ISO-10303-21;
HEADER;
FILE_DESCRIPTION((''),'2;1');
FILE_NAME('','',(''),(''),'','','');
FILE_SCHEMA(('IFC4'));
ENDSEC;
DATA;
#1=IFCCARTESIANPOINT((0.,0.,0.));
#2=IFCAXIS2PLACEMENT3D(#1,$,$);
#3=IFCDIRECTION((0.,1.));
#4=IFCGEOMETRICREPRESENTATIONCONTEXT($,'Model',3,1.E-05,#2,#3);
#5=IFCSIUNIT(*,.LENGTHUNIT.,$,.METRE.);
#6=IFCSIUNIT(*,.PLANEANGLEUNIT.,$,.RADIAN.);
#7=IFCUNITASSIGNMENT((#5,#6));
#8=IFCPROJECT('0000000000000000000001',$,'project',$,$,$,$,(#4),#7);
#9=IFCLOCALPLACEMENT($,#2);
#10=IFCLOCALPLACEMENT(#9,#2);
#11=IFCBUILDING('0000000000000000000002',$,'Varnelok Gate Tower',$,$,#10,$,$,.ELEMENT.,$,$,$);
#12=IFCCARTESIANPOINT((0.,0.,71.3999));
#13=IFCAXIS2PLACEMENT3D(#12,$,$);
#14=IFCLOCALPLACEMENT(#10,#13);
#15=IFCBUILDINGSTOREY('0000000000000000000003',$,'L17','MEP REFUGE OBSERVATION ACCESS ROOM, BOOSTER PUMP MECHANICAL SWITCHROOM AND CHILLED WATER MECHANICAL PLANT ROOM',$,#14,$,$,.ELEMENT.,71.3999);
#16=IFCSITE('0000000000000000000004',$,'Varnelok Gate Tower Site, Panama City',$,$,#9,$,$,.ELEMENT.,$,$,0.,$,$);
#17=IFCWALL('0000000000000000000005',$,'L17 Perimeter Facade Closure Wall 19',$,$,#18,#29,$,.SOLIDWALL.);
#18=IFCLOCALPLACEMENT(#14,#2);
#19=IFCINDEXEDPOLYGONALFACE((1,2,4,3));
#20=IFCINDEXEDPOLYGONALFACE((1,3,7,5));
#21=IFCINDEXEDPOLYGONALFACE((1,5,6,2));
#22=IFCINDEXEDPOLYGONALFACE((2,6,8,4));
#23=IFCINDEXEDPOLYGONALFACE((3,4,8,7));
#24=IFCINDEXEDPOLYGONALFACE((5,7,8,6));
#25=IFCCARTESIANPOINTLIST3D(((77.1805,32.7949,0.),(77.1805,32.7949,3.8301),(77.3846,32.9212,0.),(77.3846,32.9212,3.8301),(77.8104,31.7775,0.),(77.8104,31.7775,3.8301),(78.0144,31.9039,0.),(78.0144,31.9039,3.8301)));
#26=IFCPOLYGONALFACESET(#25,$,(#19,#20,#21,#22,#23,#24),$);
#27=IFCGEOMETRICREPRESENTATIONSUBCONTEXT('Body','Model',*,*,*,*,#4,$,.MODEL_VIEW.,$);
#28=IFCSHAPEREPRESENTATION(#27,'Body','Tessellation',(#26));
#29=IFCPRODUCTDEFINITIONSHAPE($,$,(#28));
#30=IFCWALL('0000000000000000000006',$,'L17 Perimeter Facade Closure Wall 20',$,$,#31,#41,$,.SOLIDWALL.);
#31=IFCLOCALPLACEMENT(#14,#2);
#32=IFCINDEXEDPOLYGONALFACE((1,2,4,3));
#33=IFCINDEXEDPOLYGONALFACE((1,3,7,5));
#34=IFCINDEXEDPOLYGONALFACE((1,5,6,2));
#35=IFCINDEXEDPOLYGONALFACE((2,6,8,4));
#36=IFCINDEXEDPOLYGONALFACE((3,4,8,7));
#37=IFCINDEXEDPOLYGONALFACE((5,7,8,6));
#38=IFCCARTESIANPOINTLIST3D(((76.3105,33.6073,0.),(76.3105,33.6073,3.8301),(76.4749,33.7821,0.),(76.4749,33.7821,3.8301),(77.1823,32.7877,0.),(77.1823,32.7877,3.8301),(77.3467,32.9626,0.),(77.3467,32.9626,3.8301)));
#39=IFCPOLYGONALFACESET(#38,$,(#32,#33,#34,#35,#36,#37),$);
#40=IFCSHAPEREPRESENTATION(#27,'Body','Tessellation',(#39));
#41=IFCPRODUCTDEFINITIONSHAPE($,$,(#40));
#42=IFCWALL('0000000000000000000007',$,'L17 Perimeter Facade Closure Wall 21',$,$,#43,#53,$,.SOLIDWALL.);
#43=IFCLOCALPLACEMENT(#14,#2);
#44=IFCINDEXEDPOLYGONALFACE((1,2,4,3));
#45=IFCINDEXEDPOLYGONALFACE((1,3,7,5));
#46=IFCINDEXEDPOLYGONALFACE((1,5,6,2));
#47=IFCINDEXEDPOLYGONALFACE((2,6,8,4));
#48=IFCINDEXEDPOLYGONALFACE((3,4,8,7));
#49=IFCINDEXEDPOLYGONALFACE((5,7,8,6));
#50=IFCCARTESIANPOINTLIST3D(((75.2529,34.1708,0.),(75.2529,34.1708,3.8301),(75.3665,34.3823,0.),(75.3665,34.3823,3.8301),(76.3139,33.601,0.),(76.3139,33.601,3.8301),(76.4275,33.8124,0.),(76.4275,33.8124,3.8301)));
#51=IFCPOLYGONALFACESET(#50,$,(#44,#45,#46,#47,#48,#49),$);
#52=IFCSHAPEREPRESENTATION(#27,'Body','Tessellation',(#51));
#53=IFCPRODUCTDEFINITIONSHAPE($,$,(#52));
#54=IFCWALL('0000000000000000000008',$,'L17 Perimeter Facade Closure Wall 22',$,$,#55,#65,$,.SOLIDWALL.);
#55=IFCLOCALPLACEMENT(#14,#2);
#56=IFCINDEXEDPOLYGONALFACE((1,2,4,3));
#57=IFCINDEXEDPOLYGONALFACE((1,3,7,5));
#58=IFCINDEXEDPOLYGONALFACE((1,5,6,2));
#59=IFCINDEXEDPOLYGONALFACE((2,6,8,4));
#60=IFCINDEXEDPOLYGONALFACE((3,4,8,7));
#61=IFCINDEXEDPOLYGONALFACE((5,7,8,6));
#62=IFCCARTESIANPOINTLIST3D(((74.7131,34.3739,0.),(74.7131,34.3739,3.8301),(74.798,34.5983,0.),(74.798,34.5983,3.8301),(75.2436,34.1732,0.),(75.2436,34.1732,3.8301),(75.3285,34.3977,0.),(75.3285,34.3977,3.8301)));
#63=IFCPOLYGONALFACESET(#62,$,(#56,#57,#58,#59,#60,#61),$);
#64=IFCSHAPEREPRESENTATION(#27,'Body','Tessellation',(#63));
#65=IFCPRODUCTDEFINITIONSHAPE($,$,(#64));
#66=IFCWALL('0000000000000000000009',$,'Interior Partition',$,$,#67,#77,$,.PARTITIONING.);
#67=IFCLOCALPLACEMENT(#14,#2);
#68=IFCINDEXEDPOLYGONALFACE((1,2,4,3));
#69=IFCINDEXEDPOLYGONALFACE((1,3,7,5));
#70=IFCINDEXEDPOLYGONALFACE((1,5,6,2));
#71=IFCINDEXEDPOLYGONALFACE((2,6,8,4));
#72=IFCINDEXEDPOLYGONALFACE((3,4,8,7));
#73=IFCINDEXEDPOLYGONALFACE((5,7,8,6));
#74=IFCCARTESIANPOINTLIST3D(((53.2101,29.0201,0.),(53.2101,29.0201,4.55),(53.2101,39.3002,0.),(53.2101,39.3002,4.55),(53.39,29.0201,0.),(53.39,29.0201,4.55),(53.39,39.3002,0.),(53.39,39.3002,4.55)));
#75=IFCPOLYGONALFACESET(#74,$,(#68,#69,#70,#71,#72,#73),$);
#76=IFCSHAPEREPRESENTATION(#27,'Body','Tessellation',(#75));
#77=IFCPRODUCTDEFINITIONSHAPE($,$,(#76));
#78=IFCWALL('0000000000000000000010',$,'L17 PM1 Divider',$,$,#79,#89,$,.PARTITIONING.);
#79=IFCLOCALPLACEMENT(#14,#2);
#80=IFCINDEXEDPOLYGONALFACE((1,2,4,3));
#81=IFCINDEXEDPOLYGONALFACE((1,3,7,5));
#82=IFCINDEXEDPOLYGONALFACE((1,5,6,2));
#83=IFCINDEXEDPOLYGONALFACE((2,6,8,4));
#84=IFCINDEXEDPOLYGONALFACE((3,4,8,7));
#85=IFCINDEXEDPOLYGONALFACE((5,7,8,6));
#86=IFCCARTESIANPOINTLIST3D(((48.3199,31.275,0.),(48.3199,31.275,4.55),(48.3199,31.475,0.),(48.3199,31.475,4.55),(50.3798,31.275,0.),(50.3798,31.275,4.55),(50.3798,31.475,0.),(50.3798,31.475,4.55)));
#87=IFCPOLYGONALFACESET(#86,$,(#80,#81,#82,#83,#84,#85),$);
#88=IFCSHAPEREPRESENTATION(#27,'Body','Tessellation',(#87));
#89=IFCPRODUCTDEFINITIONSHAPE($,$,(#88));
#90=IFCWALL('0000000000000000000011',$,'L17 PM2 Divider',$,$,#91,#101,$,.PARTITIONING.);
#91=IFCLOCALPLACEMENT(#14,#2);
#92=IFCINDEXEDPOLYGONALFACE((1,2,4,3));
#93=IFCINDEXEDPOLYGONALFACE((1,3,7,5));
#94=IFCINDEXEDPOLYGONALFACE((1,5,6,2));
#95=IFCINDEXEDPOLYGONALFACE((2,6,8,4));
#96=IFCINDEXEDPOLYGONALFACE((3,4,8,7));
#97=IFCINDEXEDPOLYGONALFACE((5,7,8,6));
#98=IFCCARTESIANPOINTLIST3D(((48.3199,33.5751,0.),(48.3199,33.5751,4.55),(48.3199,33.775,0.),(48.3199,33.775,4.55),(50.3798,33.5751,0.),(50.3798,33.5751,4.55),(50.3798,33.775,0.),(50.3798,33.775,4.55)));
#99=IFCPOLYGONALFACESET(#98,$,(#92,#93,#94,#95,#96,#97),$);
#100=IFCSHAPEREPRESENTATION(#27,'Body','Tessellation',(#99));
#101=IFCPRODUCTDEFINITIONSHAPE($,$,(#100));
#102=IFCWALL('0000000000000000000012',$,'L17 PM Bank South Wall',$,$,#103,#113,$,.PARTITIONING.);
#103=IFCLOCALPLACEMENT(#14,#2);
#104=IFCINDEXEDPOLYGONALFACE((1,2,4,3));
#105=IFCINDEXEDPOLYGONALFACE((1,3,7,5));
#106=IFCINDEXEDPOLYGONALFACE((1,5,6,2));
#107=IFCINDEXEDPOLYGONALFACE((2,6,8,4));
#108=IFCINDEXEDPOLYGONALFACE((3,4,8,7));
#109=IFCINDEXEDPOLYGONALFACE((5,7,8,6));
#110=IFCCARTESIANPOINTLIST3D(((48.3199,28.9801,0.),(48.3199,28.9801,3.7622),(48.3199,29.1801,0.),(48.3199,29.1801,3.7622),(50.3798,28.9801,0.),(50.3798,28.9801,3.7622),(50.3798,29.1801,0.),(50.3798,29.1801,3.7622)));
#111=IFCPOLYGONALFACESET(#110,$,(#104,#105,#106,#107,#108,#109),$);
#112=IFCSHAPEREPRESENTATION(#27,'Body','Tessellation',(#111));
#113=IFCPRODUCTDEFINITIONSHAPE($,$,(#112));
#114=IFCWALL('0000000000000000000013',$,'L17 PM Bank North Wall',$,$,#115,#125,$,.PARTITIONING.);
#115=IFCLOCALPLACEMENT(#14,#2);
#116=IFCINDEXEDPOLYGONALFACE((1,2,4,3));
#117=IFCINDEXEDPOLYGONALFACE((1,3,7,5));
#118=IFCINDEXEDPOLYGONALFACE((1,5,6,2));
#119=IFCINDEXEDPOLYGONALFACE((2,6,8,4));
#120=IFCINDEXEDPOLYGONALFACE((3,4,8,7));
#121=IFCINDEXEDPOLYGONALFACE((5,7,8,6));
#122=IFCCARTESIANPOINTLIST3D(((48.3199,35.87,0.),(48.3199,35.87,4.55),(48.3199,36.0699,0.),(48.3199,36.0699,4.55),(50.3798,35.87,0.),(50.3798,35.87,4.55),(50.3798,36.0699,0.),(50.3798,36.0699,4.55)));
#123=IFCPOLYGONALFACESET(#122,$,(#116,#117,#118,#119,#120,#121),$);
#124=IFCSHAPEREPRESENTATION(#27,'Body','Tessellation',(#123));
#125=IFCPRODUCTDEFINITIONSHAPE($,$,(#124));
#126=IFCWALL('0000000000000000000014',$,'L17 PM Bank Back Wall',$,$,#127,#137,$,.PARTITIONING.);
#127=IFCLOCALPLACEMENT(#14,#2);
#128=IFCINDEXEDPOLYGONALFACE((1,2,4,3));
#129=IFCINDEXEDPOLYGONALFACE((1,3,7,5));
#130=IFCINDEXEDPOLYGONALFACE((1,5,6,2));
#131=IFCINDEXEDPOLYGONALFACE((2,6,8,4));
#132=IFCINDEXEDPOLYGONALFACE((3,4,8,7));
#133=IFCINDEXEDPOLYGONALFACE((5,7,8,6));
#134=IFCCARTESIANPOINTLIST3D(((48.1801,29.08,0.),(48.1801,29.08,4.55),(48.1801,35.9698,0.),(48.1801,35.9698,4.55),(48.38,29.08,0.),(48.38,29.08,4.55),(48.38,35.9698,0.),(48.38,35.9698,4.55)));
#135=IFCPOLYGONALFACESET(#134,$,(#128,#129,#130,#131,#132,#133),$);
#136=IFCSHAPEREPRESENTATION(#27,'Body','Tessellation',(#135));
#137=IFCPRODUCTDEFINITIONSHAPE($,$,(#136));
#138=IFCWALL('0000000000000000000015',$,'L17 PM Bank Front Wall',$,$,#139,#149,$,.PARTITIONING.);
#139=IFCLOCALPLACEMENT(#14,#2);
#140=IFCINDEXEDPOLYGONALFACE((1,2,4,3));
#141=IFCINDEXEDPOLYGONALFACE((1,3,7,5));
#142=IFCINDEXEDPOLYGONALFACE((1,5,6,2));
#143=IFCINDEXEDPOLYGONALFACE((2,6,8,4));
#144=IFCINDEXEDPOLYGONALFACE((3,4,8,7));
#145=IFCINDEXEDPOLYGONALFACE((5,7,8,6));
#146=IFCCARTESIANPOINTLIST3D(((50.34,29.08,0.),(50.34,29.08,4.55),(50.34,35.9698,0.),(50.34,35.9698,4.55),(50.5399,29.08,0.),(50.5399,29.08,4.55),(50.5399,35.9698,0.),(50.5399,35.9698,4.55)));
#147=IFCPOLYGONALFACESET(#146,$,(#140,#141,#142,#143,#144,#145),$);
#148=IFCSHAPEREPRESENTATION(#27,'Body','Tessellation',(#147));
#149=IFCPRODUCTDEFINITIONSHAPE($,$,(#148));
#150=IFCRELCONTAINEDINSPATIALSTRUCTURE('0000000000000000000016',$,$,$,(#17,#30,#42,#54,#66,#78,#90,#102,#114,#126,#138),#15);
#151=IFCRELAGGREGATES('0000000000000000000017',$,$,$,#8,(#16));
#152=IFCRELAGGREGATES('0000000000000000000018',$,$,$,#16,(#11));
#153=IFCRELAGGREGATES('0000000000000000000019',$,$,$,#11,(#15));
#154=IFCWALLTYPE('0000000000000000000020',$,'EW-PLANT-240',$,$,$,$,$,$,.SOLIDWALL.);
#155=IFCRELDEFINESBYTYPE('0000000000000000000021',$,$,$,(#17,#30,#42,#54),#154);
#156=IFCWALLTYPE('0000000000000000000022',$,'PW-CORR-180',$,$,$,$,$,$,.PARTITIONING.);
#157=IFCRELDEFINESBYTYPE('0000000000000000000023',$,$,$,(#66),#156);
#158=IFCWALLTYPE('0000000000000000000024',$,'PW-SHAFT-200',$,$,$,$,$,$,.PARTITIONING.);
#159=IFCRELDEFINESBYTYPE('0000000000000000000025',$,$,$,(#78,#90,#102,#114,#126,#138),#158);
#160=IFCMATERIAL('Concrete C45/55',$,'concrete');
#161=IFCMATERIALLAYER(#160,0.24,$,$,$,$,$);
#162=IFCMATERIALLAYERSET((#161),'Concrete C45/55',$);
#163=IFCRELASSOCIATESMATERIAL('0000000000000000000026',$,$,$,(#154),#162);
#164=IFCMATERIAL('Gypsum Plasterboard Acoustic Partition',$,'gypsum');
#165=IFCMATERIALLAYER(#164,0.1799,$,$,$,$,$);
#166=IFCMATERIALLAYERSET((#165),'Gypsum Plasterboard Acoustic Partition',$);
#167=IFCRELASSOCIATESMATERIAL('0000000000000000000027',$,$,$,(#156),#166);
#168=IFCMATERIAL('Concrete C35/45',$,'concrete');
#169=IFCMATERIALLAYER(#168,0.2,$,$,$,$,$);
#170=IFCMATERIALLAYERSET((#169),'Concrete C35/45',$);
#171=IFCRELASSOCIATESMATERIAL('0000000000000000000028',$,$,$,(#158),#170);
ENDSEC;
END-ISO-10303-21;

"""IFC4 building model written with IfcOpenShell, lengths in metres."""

from ifc_helpers import new_model, si_unit, direction, frame, frame_2d, origin, place, context, subcontext, project, spatial, rectangle, extrude, material, layer, layer_set, type_object, element, save


model = new_model("IFC4")

# Units and contexts
model_context = context("Model", 3, precision=1e-05, world=origin(), true_north=direction((0.0, 1.0)))
body_context = subcontext(model_context, "Body", "Model", "MODEL_VIEW")
ifc_project = project(units=[si_unit("LENGTHUNIT", "METRE"), si_unit("PLANEANGLEUNIT", "RADIAN")], contexts=[model_context])

# Site, building, storey
site_placement = place(None, origin())
site = spatial("IfcSite", under=ifc_project, at=site_placement, Name="Varnelok Gate Tower Site, Panama City", CompositionType="ELEMENT", RefElevation=0.0)
building_placement = place(site_placement, origin())
building = spatial("IfcBuilding", under=site, at=building_placement, Name="Varnelok Gate Tower", CompositionType="ELEMENT")
storey_placement = place(building_placement, frame((0.0, 0.0, 71.3999)))
storey = spatial("IfcBuildingStorey", under=building, at=storey_placement, Name="L17", Description="MEP REFUGE OBSERVATION ACCESS ROOM, BOOSTER PUMP MECHANICAL SWITCHROOM AND CHILLED WATER MECHANICAL PLANT ROOM", CompositionType="ELEMENT", Elevation=71.3999)

# Walls
ifc_material_1 = material(Name="Concrete C45/55", Category="concrete")
ifc_layer_1 = layer(ifc_material_1, 0.24)
ifc_layer_set_1 = layer_set([ifc_layer_1], Name="Concrete C45/55")
wall_type_1 = type_object("IfcWallType", Name="EW-PLANT-240", PredefinedType="SOLIDWALL", material=ifc_layer_set_1)
for number, where, z_axis, x_axis, name in (
    (1, (77.9124, 31.8408, 0.0), (0.0, 0.0, 1.0), (-0.526418, 0.850226, 0.0), "L17 Perimeter Facade Closure Wall 19"),
    (2, (77.2644, 32.8752, 0.0), (0.0, 0.0, 1.0), (-0.728601, 0.684938, 0.0), "L17 Perimeter Facade Closure Wall 20"),
):
    element("IfcWall", number, at=place(storey_placement, frame(where, z_axis=z_axis, x_axis=x_axis)), inside=storey, type_object=wall_type_1, Name=name, PredefinedType="SOLIDWALL", context=body_context, shape_type="SweptSolid", body=[
        extrude(rectangle(XDim=1.1965, YDim=0.24, at=frame_2d((0.5981, 0.0))), origin(), (0.0, 0.0, 1.0), 3.8301),
    ])
wall_1_placement = place(storey_placement, frame((76.3706, 33.7068, 0.0), z_axis=(0.0, 0.0, 1.0), x_axis=(-0.880991, 0.473132, 0.0)))
element("IfcWall", 3, at=wall_1_placement, inside=storey, type_object=wall_type_1, Name="L17 Perimeter Facade Closure Wall 21", PredefinedType="SOLIDWALL", context=body_context, shape_type="SweptSolid", body=[
    extrude(rectangle(XDim=1.2043, YDim=0.24, at=frame_2d((0.6021, 0.0))), origin(), (0.0, 0.0, 1.0), 3.8301),
])
wall_2_placement = place(storey_placement, frame((75.2861, 34.2854, 0.0), z_axis=(0.0, 0.0, 1.0), x_axis=(-0.935317, 0.353811, 0.0)))
element("IfcWall", 4, at=wall_2_placement, inside=storey, type_object=wall_type_1, Name="L17 Perimeter Facade Closure Wall 22", PredefinedType="SOLIDWALL", context=body_context, shape_type="SweptSolid", body=[
    extrude(rectangle(XDim=0.5671, YDim=0.24, at=frame_2d((0.2837, 0.0))), origin(), (0.0, 0.0, 1.0), 3.8301),
])
ifc_material_2 = material(Name="Gypsum Plasterboard Acoustic Partition", Category="gypsum")
ifc_layer_2 = layer(ifc_material_2, 0.1799)
ifc_layer_set_2 = layer_set([ifc_layer_2], Name="Gypsum Plasterboard Acoustic Partition")
wall_type_2 = type_object("IfcWallType", Name="PW-CORR-180", PredefinedType="PARTITIONING", material=ifc_layer_set_2)
wall_3_placement = place(storey_placement, frame((53.3, 29.02, 0.0), z_axis=(0.0, 0.0, 1.0), x_axis=(0.0, 1.0, 0.0)))
element("IfcWall", 5, at=wall_3_placement, inside=storey, type_object=wall_type_2, Name="Interior Partition", PredefinedType="PARTITIONING", context=body_context, shape_type="SweptSolid", body=[
    extrude(rectangle(XDim=10.28, YDim=0.1799, at=frame_2d((5.1401, 0.0))), origin(), (0.0, 0.0, 1.0), 4.55),
])
ifc_material_3 = material(Name="Concrete C35/45", Category="concrete")
ifc_layer_3 = layer(ifc_material_3, 0.2)
ifc_layer_set_3 = layer_set([ifc_layer_3], Name="Concrete C35/45")
wall_type_3 = type_object("IfcWallType", Name="PW-SHAFT-200", PredefinedType="PARTITIONING", material=ifc_layer_set_3)
for number, where, z_axis, x_axis, name in (
    (6, (48.3201, 31.375, 0.0), (0.0, 0.0, 1.0), (1.0, 0.0, 0.0), "L17 PM1 Divider"),
    (7, (48.3201, 33.675, 0.0), (0.0, 0.0, 1.0), (1.0, 0.0, 0.0), "L17 PM2 Divider"),
):
    element("IfcWall", number, at=place(storey_placement, frame(where, z_axis=z_axis, x_axis=x_axis)), inside=storey, type_object=wall_type_3, Name=name, PredefinedType="PARTITIONING", context=body_context, shape_type="SweptSolid", body=[
        extrude(rectangle(XDim=2.0598, YDim=0.2, at=frame_2d((1.0298, 0.0))), origin(), (0.0, 0.0, 1.0), 4.55),
    ])
wall_4_placement = place(storey_placement, frame((48.3201, 29.0801, 0.0), z_axis=(0.0, 0.0, 1.0), x_axis=(1.0, 0.0, 0.0)))
element("IfcWall", 8, at=wall_4_placement, inside=storey, type_object=wall_type_3, Name="L17 PM Bank South Wall", PredefinedType="PARTITIONING", context=body_context, shape_type="SweptSolid", body=[
    extrude(rectangle(XDim=2.0598, YDim=0.2, at=frame_2d((1.0298, 0.0))), origin(), (0.0, 0.0, 1.0), 3.7622),
])
wall_5_placement = place(storey_placement, frame((48.3201, 35.97, 0.0), z_axis=(0.0, 0.0, 1.0), x_axis=(1.0, 0.0, 0.0)))
element("IfcWall", 9, at=wall_5_placement, inside=storey, type_object=wall_type_3, Name="L17 PM Bank North Wall", PredefinedType="PARTITIONING", context=body_context, shape_type="SweptSolid", body=[
    extrude(rectangle(XDim=2.0598, YDim=0.2, at=frame_2d((1.0298, 0.0))), origin(), (0.0, 0.0, 1.0), 4.55),
])
for number, where, z_axis, x_axis, name in (
    (10, (48.28, 29.0801, 0.0), (0.0, 0.0, 1.0), (0.0, 1.0, 0.0), "L17 PM Bank Back Wall"),
    (11, (50.4399, 29.0801, 0.0), (0.0, 0.0, 1.0), (0.0, 1.0, 0.0), "L17 PM Bank Front Wall"),
):
    element("IfcWall", number, at=place(storey_placement, frame(where, z_axis=z_axis, x_axis=x_axis)), inside=storey, type_object=wall_type_3, Name=name, PredefinedType="PARTITIONING", context=body_context, shape_type="SweptSolid", body=[
        extrude(rectangle(XDim=6.8899, YDim=0.2, at=frame_2d((3.4448, 0.0))), origin(), (0.0, 0.0, 1.0), 4.55),
    ])

save(model, "model.ifc")
